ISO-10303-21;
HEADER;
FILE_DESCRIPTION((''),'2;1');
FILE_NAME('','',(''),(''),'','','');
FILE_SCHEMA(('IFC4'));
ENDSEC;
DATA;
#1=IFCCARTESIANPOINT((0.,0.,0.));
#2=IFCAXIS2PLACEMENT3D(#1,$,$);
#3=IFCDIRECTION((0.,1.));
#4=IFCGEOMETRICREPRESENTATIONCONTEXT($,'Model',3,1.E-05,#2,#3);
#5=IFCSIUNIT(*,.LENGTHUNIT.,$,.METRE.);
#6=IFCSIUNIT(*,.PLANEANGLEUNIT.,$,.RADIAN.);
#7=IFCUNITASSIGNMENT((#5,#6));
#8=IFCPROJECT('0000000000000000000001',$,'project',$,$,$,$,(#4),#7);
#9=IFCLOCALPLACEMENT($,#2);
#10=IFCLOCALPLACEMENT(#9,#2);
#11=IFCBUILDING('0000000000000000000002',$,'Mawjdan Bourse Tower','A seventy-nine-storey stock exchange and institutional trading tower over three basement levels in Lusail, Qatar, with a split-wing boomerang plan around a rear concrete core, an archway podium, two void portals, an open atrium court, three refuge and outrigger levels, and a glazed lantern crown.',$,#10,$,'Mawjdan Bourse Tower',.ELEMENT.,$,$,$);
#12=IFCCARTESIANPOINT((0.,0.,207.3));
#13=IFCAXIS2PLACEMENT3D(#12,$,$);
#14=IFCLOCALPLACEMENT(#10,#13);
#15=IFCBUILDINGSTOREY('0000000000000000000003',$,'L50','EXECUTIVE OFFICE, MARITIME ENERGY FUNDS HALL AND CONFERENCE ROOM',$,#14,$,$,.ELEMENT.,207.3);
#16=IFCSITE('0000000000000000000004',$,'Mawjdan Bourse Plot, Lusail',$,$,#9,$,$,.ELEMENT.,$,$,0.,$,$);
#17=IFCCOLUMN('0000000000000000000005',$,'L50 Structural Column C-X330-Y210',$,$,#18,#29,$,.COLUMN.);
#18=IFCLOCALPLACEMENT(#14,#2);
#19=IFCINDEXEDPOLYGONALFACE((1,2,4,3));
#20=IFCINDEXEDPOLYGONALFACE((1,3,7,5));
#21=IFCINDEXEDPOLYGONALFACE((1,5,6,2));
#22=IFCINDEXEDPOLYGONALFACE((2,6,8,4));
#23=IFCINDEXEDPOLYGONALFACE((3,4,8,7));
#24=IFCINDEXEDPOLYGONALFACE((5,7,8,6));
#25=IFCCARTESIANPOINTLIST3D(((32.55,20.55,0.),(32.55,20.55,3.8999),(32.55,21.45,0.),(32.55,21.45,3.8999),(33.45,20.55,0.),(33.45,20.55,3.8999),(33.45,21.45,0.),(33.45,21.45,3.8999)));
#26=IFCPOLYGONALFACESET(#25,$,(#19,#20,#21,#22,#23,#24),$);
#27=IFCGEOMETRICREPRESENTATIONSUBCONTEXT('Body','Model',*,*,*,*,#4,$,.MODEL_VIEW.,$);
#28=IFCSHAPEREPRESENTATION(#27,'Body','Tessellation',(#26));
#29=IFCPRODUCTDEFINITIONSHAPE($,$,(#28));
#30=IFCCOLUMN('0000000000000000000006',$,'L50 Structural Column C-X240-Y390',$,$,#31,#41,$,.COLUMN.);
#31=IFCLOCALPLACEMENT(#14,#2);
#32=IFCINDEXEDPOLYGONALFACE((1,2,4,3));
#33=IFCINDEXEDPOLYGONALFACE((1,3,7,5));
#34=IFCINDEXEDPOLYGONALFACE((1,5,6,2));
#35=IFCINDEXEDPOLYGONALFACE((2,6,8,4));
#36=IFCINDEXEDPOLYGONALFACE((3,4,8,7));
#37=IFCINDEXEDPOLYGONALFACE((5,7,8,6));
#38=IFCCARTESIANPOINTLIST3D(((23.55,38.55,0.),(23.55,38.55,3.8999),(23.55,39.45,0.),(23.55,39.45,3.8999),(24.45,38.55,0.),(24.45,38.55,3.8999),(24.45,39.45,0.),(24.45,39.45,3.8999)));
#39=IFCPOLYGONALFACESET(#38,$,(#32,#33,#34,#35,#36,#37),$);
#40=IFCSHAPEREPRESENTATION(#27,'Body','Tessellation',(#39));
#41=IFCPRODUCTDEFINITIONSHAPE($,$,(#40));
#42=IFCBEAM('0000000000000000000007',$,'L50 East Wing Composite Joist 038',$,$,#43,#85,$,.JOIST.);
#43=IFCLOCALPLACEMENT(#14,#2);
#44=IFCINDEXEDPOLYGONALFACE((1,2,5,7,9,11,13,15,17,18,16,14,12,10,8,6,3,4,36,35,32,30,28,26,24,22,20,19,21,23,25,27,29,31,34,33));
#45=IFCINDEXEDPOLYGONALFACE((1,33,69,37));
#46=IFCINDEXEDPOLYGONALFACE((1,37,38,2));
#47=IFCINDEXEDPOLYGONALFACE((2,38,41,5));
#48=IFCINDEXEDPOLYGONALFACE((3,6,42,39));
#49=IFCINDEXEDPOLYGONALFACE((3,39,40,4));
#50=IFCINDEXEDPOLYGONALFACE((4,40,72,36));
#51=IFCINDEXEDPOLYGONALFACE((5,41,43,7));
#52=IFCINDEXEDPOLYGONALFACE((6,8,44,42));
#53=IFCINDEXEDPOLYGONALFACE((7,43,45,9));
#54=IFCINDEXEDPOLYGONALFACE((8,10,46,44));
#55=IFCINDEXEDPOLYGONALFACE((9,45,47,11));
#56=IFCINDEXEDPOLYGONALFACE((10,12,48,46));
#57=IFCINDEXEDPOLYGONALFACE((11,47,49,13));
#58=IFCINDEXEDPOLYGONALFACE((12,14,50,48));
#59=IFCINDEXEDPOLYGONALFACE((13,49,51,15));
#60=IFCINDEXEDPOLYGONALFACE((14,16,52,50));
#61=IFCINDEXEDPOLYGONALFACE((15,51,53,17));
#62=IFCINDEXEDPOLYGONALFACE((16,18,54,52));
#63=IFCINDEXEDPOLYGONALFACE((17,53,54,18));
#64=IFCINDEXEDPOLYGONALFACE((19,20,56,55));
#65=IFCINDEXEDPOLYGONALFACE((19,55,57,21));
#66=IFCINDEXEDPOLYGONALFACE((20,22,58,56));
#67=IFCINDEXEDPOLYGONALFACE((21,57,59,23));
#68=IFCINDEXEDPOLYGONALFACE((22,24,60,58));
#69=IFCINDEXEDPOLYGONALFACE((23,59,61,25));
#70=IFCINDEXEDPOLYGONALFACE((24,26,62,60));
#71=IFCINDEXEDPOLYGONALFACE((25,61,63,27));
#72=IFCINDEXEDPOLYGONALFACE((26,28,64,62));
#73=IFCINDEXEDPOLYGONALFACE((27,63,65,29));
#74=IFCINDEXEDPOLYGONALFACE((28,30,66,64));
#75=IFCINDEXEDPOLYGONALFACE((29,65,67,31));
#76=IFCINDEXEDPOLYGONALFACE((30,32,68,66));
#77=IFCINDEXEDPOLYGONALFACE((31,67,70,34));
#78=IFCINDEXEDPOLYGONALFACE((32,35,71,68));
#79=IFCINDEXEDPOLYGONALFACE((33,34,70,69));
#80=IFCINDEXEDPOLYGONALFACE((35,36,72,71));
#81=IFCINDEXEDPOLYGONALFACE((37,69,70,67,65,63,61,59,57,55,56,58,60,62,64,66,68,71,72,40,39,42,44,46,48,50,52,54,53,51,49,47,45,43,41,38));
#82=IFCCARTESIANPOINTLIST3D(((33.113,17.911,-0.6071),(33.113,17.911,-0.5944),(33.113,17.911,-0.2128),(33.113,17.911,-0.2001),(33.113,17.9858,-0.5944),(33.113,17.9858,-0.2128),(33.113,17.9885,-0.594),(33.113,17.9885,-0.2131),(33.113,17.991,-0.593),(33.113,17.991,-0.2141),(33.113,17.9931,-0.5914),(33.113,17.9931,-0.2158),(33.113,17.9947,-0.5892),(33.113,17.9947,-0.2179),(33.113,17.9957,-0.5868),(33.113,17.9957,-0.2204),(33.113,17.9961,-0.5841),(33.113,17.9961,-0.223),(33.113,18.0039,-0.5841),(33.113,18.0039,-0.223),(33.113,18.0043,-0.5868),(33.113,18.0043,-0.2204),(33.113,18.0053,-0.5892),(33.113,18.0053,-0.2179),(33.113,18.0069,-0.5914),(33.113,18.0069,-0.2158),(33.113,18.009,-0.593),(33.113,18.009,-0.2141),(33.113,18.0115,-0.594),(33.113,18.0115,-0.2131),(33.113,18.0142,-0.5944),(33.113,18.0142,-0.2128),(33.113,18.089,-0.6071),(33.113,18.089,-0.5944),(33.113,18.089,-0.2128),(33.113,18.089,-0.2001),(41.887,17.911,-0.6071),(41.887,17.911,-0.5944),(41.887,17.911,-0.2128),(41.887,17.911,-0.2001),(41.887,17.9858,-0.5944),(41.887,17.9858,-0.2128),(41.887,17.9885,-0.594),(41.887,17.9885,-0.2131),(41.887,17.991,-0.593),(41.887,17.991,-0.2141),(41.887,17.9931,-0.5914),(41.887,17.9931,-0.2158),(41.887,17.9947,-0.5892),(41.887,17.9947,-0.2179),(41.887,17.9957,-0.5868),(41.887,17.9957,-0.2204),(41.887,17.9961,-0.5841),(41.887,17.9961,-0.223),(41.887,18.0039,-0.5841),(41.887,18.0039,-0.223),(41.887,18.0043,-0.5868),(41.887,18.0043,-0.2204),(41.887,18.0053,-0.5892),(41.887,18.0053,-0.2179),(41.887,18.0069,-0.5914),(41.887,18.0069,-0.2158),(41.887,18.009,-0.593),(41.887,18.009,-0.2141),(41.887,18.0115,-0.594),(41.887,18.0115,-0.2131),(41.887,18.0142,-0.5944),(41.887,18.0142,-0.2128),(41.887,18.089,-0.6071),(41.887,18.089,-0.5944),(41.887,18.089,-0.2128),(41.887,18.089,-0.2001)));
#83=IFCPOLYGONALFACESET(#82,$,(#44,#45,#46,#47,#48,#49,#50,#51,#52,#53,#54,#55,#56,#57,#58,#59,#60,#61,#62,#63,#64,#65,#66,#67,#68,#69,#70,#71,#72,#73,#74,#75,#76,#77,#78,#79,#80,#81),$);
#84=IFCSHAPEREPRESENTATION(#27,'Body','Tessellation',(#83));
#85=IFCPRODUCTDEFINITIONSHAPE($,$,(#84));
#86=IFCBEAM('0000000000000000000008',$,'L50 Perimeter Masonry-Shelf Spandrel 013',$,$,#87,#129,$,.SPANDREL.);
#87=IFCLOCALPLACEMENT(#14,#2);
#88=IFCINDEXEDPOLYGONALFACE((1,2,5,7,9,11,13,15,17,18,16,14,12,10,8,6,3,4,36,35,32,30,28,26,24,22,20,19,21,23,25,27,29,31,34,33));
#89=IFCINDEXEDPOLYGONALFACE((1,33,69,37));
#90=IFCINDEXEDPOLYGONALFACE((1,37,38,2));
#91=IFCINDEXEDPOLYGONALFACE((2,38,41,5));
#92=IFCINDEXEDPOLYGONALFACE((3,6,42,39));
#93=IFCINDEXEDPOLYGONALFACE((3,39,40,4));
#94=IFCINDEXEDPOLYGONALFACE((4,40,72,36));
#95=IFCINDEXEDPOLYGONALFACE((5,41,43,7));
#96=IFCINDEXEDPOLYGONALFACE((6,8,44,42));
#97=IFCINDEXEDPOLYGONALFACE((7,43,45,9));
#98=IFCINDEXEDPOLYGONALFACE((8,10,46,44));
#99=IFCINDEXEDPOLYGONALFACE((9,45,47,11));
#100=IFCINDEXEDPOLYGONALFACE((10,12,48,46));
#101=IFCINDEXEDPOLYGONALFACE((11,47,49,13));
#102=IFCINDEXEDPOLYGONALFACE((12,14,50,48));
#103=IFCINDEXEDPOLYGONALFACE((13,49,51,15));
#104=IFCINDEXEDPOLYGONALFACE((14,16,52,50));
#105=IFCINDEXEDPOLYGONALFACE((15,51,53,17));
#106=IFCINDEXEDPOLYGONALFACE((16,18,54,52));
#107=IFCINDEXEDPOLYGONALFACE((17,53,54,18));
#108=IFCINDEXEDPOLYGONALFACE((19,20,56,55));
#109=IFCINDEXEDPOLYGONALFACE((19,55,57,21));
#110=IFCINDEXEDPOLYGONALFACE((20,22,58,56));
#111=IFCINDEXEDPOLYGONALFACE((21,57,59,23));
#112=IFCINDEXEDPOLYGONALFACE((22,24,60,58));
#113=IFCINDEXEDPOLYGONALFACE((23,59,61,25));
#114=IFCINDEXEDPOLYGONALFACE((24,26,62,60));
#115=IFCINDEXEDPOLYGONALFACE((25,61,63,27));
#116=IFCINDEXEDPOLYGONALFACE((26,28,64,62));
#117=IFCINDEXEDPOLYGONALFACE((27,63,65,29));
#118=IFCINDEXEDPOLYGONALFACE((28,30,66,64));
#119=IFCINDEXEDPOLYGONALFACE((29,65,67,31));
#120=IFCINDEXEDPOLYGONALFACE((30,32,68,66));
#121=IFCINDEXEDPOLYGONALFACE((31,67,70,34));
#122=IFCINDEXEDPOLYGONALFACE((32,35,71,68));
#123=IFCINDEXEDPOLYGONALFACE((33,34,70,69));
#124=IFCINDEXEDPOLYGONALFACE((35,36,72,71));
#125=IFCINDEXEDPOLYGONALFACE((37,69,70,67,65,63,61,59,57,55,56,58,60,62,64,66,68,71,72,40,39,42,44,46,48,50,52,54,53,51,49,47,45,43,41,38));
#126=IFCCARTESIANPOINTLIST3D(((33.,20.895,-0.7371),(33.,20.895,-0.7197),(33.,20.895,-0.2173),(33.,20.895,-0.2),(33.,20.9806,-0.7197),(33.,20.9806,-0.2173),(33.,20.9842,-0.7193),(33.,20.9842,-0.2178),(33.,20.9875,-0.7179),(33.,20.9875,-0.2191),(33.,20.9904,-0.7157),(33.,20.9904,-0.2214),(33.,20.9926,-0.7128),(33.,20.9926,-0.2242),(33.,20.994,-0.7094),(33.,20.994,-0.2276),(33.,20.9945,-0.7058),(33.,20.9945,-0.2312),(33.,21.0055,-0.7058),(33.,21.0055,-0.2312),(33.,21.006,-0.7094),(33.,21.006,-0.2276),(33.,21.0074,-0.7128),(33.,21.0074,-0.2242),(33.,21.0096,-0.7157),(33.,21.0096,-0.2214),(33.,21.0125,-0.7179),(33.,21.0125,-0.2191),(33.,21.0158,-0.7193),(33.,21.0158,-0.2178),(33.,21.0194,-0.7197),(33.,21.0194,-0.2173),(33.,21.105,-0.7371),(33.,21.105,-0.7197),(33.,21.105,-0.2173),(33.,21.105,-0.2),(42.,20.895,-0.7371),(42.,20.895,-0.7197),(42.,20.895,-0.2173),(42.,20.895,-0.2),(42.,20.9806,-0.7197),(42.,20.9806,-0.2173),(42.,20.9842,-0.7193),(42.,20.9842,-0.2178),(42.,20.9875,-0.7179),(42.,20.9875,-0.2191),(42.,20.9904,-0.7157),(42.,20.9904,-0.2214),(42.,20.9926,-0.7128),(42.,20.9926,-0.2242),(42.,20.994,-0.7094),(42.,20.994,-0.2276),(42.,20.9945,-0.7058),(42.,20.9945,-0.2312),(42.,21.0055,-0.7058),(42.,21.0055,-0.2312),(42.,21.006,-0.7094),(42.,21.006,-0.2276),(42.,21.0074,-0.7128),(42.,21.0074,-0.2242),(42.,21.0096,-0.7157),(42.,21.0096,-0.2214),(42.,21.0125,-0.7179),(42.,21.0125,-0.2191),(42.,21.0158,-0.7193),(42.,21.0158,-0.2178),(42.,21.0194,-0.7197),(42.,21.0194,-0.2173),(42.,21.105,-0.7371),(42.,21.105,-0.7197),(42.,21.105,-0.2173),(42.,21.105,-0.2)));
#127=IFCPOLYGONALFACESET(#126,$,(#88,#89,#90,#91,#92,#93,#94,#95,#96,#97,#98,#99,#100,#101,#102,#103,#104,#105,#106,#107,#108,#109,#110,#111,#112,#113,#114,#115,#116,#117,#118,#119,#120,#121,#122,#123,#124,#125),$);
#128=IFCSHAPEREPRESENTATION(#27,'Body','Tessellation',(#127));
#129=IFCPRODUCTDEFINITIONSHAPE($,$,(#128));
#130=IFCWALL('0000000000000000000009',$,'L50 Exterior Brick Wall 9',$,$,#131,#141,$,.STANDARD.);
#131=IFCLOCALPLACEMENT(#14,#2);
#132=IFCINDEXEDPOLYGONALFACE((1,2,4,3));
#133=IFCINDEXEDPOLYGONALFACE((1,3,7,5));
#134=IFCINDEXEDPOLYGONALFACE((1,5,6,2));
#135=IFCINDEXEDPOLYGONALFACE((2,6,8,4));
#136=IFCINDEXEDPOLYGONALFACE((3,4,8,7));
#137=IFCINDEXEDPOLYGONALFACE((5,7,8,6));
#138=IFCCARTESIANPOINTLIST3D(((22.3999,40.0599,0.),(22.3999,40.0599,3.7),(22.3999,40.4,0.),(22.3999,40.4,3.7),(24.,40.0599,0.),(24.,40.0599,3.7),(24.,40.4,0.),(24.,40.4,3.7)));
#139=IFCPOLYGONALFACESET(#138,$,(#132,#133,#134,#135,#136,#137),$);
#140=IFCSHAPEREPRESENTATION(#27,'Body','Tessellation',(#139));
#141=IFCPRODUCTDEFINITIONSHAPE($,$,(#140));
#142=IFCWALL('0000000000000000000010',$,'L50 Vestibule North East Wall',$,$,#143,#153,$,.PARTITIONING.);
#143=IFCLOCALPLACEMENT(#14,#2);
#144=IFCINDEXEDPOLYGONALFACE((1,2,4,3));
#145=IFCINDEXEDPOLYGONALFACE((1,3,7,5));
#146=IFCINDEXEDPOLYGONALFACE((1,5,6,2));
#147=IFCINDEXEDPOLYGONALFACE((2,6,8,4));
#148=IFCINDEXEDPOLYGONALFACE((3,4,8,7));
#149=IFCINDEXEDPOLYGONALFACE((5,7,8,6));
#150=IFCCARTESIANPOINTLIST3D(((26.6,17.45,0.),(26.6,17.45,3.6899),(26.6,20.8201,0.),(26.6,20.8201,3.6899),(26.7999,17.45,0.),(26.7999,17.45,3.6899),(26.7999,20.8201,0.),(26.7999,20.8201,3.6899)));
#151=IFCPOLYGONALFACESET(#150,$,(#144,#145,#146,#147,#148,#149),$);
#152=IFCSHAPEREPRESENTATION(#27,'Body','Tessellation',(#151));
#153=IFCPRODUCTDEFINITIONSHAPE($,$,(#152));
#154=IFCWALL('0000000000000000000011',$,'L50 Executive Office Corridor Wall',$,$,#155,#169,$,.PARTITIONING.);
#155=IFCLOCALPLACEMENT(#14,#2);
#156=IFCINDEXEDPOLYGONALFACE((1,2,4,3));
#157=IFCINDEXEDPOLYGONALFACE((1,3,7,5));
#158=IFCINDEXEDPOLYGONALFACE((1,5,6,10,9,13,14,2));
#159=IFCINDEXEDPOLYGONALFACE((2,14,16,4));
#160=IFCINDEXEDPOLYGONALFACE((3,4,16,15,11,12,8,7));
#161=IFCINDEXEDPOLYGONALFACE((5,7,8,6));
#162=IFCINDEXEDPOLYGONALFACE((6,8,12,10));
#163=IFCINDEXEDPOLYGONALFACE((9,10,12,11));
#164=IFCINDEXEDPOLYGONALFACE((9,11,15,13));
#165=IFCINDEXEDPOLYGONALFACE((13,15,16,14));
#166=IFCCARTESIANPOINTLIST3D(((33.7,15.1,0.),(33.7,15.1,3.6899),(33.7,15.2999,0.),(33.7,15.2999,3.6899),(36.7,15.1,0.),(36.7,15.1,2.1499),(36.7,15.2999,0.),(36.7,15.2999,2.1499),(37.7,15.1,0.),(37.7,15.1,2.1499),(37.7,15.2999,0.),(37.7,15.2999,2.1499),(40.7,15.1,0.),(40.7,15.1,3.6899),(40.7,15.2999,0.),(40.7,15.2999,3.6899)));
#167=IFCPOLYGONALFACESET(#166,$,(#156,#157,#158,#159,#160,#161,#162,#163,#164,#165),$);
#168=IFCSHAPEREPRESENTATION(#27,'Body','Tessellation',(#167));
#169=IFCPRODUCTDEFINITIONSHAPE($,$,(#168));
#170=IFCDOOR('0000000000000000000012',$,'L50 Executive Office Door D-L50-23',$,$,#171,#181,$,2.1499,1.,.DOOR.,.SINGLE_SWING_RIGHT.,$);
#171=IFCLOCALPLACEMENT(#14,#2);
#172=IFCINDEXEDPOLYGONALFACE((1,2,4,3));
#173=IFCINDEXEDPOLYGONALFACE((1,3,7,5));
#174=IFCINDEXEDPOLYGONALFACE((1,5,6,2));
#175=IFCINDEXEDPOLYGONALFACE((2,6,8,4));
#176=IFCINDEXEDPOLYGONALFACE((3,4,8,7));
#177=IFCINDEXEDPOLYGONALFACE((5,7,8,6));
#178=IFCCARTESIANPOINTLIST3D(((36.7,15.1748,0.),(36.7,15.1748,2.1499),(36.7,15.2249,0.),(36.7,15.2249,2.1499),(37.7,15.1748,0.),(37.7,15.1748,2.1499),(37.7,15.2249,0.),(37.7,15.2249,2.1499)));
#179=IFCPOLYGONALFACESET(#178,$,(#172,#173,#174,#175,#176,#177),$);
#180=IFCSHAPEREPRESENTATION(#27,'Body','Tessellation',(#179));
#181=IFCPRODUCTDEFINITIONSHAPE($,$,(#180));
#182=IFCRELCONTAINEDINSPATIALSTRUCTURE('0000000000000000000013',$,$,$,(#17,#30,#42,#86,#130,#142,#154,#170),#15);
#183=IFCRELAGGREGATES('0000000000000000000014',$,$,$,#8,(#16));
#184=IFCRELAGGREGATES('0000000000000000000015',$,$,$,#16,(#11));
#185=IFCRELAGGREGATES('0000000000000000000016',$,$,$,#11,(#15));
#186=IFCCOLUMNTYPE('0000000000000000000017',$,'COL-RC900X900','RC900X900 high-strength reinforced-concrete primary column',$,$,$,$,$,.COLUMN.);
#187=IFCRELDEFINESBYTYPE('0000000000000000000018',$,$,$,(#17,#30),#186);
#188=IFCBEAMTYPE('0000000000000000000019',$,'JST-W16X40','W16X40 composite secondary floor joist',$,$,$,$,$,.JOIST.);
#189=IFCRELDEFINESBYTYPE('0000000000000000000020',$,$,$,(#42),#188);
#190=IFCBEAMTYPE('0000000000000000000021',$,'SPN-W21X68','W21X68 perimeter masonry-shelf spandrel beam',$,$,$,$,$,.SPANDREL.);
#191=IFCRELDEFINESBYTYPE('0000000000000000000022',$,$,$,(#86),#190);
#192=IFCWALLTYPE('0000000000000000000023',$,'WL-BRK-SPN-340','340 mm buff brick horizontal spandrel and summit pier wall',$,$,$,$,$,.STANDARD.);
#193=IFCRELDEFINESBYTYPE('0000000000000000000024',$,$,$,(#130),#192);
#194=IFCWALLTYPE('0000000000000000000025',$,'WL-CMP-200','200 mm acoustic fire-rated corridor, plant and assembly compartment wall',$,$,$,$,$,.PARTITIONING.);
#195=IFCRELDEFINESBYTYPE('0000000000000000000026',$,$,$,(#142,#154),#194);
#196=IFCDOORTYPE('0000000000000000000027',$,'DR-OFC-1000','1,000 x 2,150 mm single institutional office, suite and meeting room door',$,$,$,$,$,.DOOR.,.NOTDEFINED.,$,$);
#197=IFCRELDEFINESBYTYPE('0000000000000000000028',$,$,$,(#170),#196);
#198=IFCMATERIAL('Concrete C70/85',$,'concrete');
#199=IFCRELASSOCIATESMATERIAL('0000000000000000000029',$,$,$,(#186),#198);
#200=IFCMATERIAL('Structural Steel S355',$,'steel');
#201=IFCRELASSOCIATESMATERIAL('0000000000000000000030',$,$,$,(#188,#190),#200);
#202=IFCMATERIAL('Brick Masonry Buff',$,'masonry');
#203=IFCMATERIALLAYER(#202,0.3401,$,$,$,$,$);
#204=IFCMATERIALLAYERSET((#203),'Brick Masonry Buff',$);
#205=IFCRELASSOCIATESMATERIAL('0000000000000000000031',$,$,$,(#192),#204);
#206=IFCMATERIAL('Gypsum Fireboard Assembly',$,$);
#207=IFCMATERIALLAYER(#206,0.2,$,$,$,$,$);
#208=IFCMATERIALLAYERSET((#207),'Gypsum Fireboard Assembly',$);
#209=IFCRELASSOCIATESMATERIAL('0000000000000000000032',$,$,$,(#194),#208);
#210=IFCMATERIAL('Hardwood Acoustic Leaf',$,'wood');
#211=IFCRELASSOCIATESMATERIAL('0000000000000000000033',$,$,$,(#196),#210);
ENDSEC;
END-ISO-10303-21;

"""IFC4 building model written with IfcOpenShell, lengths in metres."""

from ifc_helpers import new_model, si_unit, direction, frame, frame_2d, origin, origin_2d, place, context, subcontext, project, spatial, rectangle, i_section, extrude, material, layer, layer_set, material_profile, profile_set, type_object, element, fill, save


model = new_model("IFC4")

# Units and contexts
model_context = context("Model", 3, precision=1e-05, world=origin(), true_north=direction((0.0, 1.0)))
body_context = subcontext(model_context, "Body", "Model", "MODEL_VIEW")
ifc_project = project(units=[si_unit("LENGTHUNIT", "METRE"), si_unit("PLANEANGLEUNIT", "RADIAN")], contexts=[model_context])

# Site, building, storey
site_placement = place(None, origin())
site = spatial("IfcSite", under=ifc_project, at=site_placement, Name="Mawjdan Bourse Plot, Lusail", CompositionType="ELEMENT", RefElevation=0.0)
building_placement = place(site_placement, origin())
building = spatial("IfcBuilding", under=site, at=building_placement, Name="Mawjdan Bourse Tower", Description="A seventy-nine-storey stock exchange and institutional trading tower over three basement levels in Lusail, Qatar, with a split-wing boomerang plan around a rear concrete core, an archway podium, two void portals, an open atrium court, three refuge and outrigger levels, and a glazed lantern crown.", LongName="Mawjdan Bourse Tower", CompositionType="ELEMENT")
storey_placement = place(building_placement, frame((0.0, 0.0, 207.3)))
storey = spatial("IfcBuildingStorey", under=building, at=storey_placement, Name="L50", Description="EXECUTIVE OFFICE, MARITIME ENERGY FUNDS HALL AND CONFERENCE ROOM", CompositionType="ELEMENT", Elevation=207.3)

# Columns
ifc_material_1 = material(Name="Concrete C70/85", Category="concrete")
ifc_material_profile_1 = material_profile(ifc_material_1, rectangle(XDim=0.8999, YDim=0.8999, at=origin_2d()), Name="RC900X900")
ifc_profile_set_1 = profile_set([ifc_material_profile_1], Name="Concrete C70/85")
column_type = type_object("IfcColumnType", Name="COL-RC900X900", Description="RC900X900 high-strength reinforced-concrete primary column", PredefinedType="COLUMN", material=ifc_profile_set_1)
for number, where, z_axis, x_axis, name in (
    (1, (33.0, 21.0, 0.0), (0.0, 0.0, 1.0), (1.0, 0.0, 0.0), "L50 Structural Column C-X330-Y210"),
    (2, (24.0, 39.0, 0.0), (0.0, 0.0, 1.0), (1.0, 0.0, 0.0), "L50 Structural Column C-X240-Y390"),
):
    element("IfcColumn", number, at=place(storey_placement, frame(where, z_axis=z_axis, x_axis=x_axis)), inside=storey, type_object=column_type, Name=name, PredefinedType="COLUMN", context=body_context, shape_type="SweptSolid", body=[
        extrude(rectangle(XDim=0.8999, YDim=0.8999, at=origin_2d()), origin(), (0.0, 0.0, 1.0), 3.8999),
    ])

# Beams
ifc_material_2 = material(Name="Structural Steel S355", Category="steel")
ifc_material_profile_2 = material_profile(ifc_material_2, i_section(OverallWidth=0.178, OverallDepth=0.407, WebThickness=0.0078, FlangeThickness=0.0127, FilletRadius=0.0103, at=origin_2d()), Name="W16X40")
ifc_profile_set_2 = profile_set([ifc_material_profile_2], Name="Structural Steel S355")
beam_type_1 = type_object("IfcBeamType", Name="JST-W16X40", Description="W16X40 composite secondary floor joist", PredefinedType="JOIST", material=ifc_profile_set_2)
beam_1_placement = place(storey_placement, frame((33.113, 18.0, -0.4036), z_axis=(1.0, 0.0, 0.0), x_axis=(0.0, 1.0, 0.0)))
element("IfcBeam", 3, at=beam_1_placement, inside=storey, type_object=beam_type_1, Name="L50 East Wing Composite Joist 038", PredefinedType="JOIST", context=body_context, shape_type="SweptSolid", body=[
    extrude(i_section(OverallWidth=0.178, OverallDepth=0.407, WebThickness=0.0078, FlangeThickness=0.0127, FilletRadius=0.0103, at=origin_2d()), origin(), (0.0, 0.0, 1.0), 8.7739),
])
ifc_material_profile_3 = material_profile(ifc_material_2, i_section(OverallWidth=0.21, OverallDepth=0.5371, WebThickness=0.011, FlangeThickness=0.0173, FilletRadius=0.0139, at=origin_2d()), Name="W21X68")
ifc_profile_set_3 = profile_set([ifc_material_profile_3], Name="Structural Steel S355")
beam_type_2 = type_object("IfcBeamType", Name="SPN-W21X68", Description="W21X68 perimeter masonry-shelf spandrel beam", PredefinedType="SPANDREL", material=ifc_profile_set_3)
beam_2_placement = place(storey_placement, frame((33.0, 21.0, -0.4685), z_axis=(1.0, 0.0, 0.0), x_axis=(0.0, 1.0, 0.0)))
element("IfcBeam", 4, at=beam_2_placement, inside=storey, type_object=beam_type_2, Name="L50 Perimeter Masonry-Shelf Spandrel 013", PredefinedType="SPANDREL", context=body_context, shape_type="SweptSolid", body=[
    extrude(i_section(OverallWidth=0.21, OverallDepth=0.5371, WebThickness=0.011, FlangeThickness=0.0173, FilletRadius=0.0139, at=origin_2d()), origin(), (0.0, 0.0, 1.0), 9.0),
])

# Walls
ifc_material_3 = material(Name="Brick Masonry Buff", Category="masonry")
ifc_layer_1 = layer(ifc_material_3, 0.3401)
ifc_layer_set_1 = layer_set([ifc_layer_1], Name="Brick Masonry Buff")
wall_type_1 = type_object("IfcWallType", Name="WL-BRK-SPN-340", Description="340 mm buff brick horizontal spandrel and summit pier wall", PredefinedType="STANDARD", material=ifc_layer_set_1)
wall_1_placement = place(storey_placement, frame((24.0, 40.23, 0.0), z_axis=(0.0, 0.0, 1.0), x_axis=(-1.0, 0.0, 0.0)))
element("IfcWall", 5, at=wall_1_placement, inside=storey, type_object=wall_type_1, Name="L50 Exterior Brick Wall 9", PredefinedType="STANDARD", context=body_context, shape_type="SweptSolid", body=[
    extrude(rectangle(XDim=1.6001, YDim=0.3401, at=frame_2d((0.8, 0.0))), origin(), (0.0, 0.0, 1.0), 3.7),
])
ifc_material_4 = material(Name="Gypsum Fireboard Assembly")
ifc_layer_2 = layer(ifc_material_4, 0.2)
ifc_layer_set_2 = layer_set([ifc_layer_2], Name="Gypsum Fireboard Assembly")
wall_type_2 = type_object("IfcWallType", Name="WL-CMP-200", Description="200 mm acoustic fire-rated corridor, plant and assembly compartment wall", PredefinedType="PARTITIONING", material=ifc_layer_set_2)
wall_2_placement = place(storey_placement, frame((26.7, 17.45, 0.0), z_axis=(0.0, 0.0, 1.0), x_axis=(0.0, 1.0, 0.0)))
element("IfcWall", 6, at=wall_2_placement, inside=storey, type_object=wall_type_2, Name="L50 Vestibule North East Wall", PredefinedType="PARTITIONING", context=body_context, shape_type="SweptSolid", body=[
    extrude(rectangle(XDim=3.3701, YDim=0.2, at=frame_2d((1.6851, 0.0))), origin(), (0.0, 0.0, 1.0), 3.6899),
])

# Wall, opening, door
wall_3_placement = place(storey_placement, frame((33.7, 15.2, 0.0), z_axis=(0.0, 0.0, 1.0), x_axis=(1.0, 0.0, 0.0)))
wall_3 = element("IfcWall", 7, at=wall_3_placement, inside=storey, type_object=wall_type_2, Name="L50 Executive Office Corridor Wall", PredefinedType="PARTITIONING", context=body_context, shape_type="SweptSolid", body=[
    extrude(rectangle(XDim=7.0, YDim=0.2, at=frame_2d((3.5, 0.0))), origin(), (0.0, 0.0, 1.0), 3.6899),
])
opening_1_placement = place(wall_3_placement, frame((3.0, 0.0, 0.0)))
opening_1 = element("IfcOpeningElement", 8, at=opening_1_placement, cuts=wall_3, PredefinedType="OPENING", context=body_context, shape_type="SweptSolid", body=[
    extrude(rectangle(XDim=1.0, YDim=2.1499, at=frame_2d((0.5, 1.075))), frame((0.0, 0.1099, 0.0), z_axis=(0.0, -1.0, 0.0), x_axis=(1.0, 0.0, 0.0)), (0.0, 0.0, 1.0), 0.22),
])
ifc_material_5 = material(Name="Hardwood Acoustic Leaf", Category="wood")
door_type_1 = type_object("IfcDoorType", Name="DR-OFC-1000", Description="1,000 x 2,150 mm single institutional office, suite and meeting room door", OperationType="NOTDEFINED", PredefinedType="DOOR", material=ifc_material_5)
door_1_placement = place(opening_1_placement, origin())
door_1 = element("IfcDoor", 9, at=door_1_placement, inside=storey, type_object=door_type_1, Name="L50 Executive Office Door D-L50-23", OperationType="SINGLE_SWING_RIGHT", OverallHeight=2.1499, OverallWidth=1.0, PredefinedType="DOOR", context=body_context, shape_type="SweptSolid", body=[
    extrude(rectangle(XDim=1.0, YDim=2.1499, at=frame_2d((0.5, 1.075))), frame((0.0, 0.0249, 0.0), z_axis=(0.0, -1.0, 0.0), x_axis=(1.0, 0.0, 0.0)), (0.0, 0.0, 1.0), 0.05),
])
fill(opening_1, door_1)

save(model, "model.ifc")
